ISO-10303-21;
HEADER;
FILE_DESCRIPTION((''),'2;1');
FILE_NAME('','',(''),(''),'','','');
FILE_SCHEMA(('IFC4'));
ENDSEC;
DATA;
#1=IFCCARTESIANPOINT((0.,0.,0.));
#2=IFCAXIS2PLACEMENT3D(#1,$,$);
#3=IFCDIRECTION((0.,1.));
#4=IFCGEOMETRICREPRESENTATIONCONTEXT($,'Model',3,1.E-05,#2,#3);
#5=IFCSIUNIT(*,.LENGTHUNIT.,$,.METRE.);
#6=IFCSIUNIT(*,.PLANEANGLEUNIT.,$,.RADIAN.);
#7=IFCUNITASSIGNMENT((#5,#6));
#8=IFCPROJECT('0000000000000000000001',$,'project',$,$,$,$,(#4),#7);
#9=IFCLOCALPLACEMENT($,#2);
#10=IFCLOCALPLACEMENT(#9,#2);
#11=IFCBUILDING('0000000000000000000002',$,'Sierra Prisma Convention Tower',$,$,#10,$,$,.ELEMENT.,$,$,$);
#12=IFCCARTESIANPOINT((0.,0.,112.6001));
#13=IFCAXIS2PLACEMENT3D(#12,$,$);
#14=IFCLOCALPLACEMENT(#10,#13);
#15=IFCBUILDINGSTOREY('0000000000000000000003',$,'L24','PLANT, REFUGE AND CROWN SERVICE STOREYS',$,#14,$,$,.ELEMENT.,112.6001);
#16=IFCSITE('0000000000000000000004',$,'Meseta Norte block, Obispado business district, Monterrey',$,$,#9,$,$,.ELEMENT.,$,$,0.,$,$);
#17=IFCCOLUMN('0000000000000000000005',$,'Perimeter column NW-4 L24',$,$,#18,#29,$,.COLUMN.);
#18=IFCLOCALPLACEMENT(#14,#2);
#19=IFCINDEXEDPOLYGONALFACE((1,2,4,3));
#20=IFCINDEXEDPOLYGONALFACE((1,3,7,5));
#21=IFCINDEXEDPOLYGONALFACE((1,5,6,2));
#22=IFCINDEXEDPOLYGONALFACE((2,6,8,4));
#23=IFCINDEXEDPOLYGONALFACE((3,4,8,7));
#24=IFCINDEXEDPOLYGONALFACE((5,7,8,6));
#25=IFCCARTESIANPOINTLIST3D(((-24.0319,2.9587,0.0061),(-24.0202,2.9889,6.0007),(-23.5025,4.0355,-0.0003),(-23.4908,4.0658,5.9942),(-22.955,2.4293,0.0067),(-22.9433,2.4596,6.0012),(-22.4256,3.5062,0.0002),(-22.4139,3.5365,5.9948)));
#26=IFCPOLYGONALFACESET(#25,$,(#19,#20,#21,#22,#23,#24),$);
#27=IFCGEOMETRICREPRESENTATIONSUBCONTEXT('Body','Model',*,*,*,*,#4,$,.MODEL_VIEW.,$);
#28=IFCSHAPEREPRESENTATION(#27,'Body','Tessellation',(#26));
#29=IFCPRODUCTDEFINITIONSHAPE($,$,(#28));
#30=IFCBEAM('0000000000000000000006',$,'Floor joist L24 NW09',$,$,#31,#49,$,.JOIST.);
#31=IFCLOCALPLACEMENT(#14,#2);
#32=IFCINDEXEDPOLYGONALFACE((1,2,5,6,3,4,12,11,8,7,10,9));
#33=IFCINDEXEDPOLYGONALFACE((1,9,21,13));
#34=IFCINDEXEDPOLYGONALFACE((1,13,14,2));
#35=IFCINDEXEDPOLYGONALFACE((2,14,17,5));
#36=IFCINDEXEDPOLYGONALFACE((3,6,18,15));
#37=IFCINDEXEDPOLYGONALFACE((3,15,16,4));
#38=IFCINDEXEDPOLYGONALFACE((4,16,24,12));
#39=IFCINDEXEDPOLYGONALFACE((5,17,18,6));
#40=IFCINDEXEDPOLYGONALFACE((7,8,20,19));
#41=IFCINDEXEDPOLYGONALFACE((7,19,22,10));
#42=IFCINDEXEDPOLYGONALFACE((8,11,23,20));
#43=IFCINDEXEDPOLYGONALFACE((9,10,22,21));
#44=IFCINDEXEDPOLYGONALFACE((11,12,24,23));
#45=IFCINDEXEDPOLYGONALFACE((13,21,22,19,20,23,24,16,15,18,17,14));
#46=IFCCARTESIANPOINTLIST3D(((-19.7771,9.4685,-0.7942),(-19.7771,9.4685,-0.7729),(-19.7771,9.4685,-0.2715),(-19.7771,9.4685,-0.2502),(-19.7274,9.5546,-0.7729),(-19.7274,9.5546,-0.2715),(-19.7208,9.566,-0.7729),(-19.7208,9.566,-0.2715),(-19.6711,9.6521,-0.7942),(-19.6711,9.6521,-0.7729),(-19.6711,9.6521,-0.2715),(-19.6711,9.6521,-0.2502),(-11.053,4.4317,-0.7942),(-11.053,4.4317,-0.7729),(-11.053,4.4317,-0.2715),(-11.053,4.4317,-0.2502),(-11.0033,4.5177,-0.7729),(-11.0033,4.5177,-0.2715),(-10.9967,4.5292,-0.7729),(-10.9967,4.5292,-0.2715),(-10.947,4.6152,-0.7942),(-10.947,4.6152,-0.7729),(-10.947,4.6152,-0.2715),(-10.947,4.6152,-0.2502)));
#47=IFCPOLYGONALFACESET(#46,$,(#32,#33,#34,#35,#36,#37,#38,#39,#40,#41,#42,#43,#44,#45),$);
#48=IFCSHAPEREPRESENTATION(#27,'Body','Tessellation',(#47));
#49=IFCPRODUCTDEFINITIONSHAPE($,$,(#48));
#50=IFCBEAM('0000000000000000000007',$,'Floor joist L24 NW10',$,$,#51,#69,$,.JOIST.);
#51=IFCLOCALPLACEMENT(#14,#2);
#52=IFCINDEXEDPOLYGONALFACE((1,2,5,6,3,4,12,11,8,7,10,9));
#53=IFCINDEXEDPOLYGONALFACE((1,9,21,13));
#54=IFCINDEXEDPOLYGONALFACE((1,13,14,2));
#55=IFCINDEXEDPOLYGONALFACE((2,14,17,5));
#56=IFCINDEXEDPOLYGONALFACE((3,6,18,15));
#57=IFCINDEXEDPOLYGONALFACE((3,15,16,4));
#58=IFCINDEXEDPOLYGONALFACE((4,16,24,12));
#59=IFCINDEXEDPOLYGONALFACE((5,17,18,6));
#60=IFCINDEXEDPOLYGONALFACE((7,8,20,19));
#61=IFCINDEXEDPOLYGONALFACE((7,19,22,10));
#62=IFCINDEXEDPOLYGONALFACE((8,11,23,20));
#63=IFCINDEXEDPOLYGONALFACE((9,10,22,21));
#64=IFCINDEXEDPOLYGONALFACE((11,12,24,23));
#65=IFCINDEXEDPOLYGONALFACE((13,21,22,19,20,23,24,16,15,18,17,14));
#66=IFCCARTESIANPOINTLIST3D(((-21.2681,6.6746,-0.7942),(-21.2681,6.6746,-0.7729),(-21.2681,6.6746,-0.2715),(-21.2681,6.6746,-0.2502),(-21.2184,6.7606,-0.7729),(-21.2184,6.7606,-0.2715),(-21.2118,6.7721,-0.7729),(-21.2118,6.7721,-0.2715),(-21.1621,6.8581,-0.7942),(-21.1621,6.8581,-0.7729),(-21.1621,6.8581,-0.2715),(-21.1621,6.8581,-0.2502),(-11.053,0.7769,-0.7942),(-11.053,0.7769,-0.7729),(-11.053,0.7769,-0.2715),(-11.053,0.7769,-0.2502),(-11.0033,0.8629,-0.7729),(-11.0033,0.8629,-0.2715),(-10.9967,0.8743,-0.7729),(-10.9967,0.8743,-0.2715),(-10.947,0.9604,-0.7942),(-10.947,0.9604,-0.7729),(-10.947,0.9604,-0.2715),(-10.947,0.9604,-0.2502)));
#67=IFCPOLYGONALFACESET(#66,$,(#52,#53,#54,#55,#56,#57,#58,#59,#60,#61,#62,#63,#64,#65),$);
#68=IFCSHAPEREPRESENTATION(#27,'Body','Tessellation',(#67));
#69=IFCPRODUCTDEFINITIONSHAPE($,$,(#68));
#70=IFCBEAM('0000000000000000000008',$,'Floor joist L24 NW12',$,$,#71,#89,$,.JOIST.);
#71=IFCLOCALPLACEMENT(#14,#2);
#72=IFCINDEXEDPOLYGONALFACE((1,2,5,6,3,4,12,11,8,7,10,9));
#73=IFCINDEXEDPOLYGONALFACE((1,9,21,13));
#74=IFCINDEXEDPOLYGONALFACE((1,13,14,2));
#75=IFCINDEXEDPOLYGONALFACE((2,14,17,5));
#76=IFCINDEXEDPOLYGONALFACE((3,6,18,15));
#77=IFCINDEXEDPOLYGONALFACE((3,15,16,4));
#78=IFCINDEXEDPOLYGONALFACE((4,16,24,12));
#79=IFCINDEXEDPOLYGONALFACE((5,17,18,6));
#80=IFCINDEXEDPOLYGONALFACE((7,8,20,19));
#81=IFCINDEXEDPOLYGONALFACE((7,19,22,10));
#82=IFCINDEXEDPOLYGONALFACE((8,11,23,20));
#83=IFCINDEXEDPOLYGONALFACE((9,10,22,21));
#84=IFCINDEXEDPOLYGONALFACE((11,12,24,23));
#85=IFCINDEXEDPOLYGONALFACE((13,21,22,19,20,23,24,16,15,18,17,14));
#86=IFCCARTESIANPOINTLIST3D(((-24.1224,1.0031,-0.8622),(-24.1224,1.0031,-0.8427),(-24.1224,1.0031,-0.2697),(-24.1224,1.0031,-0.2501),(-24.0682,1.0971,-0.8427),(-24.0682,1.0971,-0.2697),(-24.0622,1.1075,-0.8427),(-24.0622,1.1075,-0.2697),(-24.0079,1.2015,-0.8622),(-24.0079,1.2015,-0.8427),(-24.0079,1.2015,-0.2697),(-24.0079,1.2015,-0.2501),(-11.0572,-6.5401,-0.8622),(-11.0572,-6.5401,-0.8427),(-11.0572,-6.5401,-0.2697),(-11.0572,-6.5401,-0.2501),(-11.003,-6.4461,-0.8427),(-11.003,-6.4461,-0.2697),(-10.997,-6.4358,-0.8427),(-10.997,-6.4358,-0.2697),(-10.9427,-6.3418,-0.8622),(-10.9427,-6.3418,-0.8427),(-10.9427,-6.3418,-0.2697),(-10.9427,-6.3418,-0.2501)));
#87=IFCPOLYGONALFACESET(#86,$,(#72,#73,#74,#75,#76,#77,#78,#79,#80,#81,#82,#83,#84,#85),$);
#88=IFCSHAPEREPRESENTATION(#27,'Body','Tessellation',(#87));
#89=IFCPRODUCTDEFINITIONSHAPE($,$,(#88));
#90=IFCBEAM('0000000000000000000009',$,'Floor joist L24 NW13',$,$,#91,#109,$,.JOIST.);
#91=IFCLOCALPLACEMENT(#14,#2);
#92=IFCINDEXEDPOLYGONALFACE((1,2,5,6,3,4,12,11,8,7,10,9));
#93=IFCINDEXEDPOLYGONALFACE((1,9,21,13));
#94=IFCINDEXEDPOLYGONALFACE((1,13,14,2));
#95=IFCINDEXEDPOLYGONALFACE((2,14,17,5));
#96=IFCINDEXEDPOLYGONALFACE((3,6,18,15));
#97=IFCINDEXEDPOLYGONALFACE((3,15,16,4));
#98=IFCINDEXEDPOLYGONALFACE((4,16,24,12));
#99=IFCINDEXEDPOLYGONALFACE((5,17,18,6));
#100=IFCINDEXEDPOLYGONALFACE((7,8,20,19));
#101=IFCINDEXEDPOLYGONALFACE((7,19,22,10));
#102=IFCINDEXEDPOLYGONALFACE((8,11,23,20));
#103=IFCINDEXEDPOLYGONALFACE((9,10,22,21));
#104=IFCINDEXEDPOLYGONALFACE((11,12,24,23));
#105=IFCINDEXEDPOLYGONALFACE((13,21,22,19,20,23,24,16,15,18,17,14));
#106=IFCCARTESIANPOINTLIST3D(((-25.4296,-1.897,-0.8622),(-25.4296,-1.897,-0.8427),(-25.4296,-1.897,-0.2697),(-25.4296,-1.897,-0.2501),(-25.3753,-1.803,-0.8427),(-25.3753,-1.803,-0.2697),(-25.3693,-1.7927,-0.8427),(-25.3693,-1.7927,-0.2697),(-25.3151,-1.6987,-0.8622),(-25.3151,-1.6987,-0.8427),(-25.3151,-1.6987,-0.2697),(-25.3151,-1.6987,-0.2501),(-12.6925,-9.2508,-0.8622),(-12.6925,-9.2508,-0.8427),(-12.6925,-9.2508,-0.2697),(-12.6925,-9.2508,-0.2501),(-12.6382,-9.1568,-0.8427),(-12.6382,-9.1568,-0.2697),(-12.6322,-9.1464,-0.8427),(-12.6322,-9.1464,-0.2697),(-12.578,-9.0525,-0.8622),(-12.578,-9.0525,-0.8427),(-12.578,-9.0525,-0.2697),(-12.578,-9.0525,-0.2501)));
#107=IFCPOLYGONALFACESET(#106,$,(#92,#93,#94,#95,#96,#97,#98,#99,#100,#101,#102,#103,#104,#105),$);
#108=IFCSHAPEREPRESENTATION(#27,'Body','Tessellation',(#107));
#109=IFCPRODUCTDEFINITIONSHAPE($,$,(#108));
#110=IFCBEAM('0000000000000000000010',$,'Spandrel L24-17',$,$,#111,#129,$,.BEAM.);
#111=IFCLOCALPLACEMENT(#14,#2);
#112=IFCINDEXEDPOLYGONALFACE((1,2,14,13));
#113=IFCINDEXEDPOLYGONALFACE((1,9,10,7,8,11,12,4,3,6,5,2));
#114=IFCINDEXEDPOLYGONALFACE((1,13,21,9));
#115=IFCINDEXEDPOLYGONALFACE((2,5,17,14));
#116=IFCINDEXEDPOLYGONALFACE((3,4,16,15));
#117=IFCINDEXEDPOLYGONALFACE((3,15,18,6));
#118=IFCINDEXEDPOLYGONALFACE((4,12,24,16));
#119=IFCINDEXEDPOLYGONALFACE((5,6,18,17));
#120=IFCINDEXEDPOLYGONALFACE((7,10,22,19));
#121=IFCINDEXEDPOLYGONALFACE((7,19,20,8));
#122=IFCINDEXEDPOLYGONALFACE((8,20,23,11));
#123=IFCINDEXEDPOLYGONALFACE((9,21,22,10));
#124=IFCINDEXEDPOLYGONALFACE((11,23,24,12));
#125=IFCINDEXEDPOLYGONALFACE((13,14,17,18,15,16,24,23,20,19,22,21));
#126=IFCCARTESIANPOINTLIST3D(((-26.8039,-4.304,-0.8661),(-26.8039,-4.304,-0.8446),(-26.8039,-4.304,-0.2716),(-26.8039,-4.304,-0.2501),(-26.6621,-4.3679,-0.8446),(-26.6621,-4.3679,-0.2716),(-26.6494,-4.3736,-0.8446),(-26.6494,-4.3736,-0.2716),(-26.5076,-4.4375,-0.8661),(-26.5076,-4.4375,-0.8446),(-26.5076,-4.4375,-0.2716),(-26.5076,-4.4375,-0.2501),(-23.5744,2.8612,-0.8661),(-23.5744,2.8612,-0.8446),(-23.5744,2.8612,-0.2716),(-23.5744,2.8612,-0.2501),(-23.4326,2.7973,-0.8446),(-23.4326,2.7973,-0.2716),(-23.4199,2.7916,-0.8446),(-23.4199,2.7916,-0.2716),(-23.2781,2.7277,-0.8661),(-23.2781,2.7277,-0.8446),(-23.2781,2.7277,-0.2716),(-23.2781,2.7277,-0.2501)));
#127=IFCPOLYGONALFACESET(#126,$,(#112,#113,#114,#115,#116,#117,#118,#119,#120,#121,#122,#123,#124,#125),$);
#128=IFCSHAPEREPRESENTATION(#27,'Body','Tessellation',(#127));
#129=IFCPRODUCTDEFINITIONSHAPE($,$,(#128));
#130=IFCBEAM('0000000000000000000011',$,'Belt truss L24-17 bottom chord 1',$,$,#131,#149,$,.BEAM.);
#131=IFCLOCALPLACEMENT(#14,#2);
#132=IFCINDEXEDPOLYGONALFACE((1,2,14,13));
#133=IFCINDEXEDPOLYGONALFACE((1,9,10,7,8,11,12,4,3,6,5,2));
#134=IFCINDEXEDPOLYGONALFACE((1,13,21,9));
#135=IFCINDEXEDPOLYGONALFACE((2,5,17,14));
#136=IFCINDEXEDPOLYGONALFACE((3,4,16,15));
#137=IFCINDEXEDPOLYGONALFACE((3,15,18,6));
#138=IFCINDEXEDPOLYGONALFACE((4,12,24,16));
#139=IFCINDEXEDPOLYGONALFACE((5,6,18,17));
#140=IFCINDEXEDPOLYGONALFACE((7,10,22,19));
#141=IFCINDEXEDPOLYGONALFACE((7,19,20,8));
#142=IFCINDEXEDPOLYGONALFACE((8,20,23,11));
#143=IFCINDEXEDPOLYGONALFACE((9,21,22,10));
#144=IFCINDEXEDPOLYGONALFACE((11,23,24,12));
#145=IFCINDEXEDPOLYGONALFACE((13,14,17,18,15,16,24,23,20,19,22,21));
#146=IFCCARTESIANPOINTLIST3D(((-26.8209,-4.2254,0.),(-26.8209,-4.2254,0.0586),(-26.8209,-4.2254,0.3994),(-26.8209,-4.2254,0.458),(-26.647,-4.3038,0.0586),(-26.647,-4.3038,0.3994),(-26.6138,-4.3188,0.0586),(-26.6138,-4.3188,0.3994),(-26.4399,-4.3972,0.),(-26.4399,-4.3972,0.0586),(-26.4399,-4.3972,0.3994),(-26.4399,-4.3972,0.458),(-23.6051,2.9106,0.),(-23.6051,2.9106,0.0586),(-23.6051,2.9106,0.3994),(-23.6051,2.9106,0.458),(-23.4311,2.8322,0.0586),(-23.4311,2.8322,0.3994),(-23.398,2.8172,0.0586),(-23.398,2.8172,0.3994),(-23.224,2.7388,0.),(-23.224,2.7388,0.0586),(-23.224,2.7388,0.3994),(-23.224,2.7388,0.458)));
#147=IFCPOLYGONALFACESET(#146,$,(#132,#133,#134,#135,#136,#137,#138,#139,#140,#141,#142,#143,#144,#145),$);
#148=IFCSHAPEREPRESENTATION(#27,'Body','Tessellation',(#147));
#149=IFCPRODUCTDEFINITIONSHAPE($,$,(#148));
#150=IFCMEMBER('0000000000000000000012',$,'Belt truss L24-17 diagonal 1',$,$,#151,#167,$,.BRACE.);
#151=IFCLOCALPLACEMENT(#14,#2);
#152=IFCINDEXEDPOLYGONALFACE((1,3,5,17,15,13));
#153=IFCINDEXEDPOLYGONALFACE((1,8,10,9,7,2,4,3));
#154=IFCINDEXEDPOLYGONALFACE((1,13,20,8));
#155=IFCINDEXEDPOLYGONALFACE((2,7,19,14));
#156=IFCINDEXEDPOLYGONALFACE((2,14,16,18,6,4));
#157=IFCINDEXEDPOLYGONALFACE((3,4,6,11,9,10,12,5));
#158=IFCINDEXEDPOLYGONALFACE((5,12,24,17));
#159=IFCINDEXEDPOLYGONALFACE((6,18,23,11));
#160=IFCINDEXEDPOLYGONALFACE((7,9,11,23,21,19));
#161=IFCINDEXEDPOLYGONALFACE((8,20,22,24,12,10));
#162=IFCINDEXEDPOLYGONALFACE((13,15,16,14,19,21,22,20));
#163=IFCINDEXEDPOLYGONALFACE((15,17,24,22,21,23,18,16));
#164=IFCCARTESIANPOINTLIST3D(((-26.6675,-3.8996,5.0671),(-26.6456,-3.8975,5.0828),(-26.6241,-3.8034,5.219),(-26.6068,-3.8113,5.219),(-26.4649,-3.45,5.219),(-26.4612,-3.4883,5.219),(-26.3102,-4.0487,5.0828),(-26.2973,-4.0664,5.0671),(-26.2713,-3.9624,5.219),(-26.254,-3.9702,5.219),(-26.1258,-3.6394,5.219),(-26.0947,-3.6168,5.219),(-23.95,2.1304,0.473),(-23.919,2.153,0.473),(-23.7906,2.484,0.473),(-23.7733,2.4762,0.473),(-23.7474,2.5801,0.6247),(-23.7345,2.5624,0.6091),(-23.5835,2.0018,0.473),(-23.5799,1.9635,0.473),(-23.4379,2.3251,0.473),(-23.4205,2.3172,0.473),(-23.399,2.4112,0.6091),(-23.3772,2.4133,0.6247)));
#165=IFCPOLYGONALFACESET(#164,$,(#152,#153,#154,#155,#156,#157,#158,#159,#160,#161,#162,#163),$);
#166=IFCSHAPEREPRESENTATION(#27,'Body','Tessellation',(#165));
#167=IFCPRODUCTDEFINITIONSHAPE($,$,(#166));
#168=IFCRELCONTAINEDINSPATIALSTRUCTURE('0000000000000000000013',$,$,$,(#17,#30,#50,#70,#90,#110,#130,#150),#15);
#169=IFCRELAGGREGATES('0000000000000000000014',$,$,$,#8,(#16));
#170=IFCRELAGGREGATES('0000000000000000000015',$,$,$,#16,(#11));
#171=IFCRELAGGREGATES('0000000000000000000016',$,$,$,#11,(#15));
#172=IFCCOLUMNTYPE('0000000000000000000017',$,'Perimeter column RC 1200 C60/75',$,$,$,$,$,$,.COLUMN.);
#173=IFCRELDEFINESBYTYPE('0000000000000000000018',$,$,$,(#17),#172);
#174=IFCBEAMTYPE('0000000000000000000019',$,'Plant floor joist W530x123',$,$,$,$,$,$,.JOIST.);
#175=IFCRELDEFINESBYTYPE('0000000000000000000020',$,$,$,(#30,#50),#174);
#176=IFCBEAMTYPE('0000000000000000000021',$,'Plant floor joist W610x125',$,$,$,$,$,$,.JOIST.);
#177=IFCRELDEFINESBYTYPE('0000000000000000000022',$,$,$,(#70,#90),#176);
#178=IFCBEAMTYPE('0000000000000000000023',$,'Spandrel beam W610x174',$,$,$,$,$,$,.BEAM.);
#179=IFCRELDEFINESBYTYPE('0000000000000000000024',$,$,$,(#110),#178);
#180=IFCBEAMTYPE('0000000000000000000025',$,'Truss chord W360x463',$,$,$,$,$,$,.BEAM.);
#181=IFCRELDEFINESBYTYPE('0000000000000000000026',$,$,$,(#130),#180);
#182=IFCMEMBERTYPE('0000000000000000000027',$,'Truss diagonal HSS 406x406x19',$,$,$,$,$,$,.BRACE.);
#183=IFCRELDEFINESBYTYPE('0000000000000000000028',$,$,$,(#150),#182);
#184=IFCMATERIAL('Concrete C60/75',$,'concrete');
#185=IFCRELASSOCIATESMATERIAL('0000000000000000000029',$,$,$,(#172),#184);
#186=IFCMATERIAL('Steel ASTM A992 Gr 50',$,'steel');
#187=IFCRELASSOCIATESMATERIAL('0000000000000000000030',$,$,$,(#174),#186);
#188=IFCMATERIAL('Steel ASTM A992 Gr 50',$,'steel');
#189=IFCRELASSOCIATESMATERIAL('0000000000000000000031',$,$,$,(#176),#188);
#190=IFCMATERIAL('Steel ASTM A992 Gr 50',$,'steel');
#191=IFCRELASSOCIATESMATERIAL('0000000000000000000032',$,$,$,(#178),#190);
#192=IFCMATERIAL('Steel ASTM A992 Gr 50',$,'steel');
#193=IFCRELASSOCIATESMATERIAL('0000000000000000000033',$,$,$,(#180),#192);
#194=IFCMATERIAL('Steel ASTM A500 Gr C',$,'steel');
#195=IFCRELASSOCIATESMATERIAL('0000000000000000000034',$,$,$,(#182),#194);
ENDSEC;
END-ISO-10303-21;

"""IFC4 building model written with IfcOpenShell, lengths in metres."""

from ifc_helpers import new_model, si_unit, direction, frame, origin, origin_2d, place, context, subcontext, project, spatial, rectangle, hollow_rectangle, i_section, extrude, clip, halfspace, material, material_profile, profile_set, type_object, element, save


model = new_model("IFC4")

# Units and contexts
model_context = context("Model", 3, precision=1e-05, world=origin(), true_north=direction((0.0, 1.0)))
body_context = subcontext(model_context, "Body", "Model", "MODEL_VIEW")
ifc_project = project(units=[si_unit("LENGTHUNIT", "METRE"), si_unit("PLANEANGLEUNIT", "RADIAN")], contexts=[model_context])

# Site, building, storey
site_placement = place(None, origin())
site = spatial("IfcSite", under=ifc_project, at=site_placement, Name="Meseta Norte block, Obispado business district, Monterrey", CompositionType="ELEMENT", RefElevation=0.0)
building_placement = place(site_placement, origin())
building = spatial("IfcBuilding", under=site, at=building_placement, Name="Sierra Prisma Convention Tower", CompositionType="ELEMENT")
storey_placement = place(building_placement, frame((0.0, 0.0, 112.6001)))
storey = spatial("IfcBuildingStorey", under=building, at=storey_placement, Name="L24", Description="PLANT, REFUGE AND CROWN SERVICE STOREYS", CompositionType="ELEMENT", Elevation=112.6001)

# Column
ifc_material_1 = material(Name="Concrete C60/75", Category="concrete")
ifc_material_profile_1 = material_profile(ifc_material_1, rectangle(XDim=1.2, YDim=1.2, at=origin_2d()), Name="Perimeter column RC 1200 C60/75")
ifc_profile_set_1 = profile_set([ifc_material_profile_1], Name="Concrete C60/75")
column_type = type_object("IfcColumnType", Name="Perimeter column RC 1200 C60/75", PredefinedType="COLUMN", material=ifc_profile_set_1)
column_placement = place(storey_placement, frame((-23.2288, 3.2324, 0.0), z_axis=(0.001953, 0.005045, 0.999985), x_axis=(0.441123, 0.897431, -0.00539)))
element("IfcColumn", 1, at=column_placement, inside=storey, type_object=column_type, Name="Perimeter column NW-4 L24", PredefinedType="COLUMN", context=body_context, shape_type="SweptSolid", body=[
    clip(clip(extrude(rectangle(XDim=1.2, YDim=1.2, at=origin_2d()), origin(), (0.0, 0.0, 1.0), 6.0), halfspace(frame((0.0, 0.0, 0.0032)), True)), halfspace(frame((0.0, 0.0, 5.9978)), False)),
])

# Beams
ifc_material_2 = material(Name="Steel ASTM A992 Gr 50", Category="steel")
ifc_material_profile_2 = material_profile(ifc_material_2, i_section(OverallWidth=0.2119, OverallDepth=0.5439, WebThickness=0.0132, FlangeThickness=0.0212, at=origin_2d()), Name="W530x123")
ifc_profile_set_2 = profile_set([ifc_material_profile_2], Name="Steel ASTM A992 Gr 50")
beam_type_1 = type_object("IfcBeamType", Name="Plant floor joist W530x123", PredefinedType="JOIST", material=ifc_profile_set_2)
beam_1_placement = place(storey_placement, frame((-19.7241, 9.5603, -0.5222), z_axis=(0.866026, -0.499999, 0.0), x_axis=(0.499999, 0.866026, 0.0)))
element("IfcBeam", 2, at=beam_1_placement, inside=storey, type_object=beam_type_1, Name="Floor joist L24 NW09", PredefinedType="JOIST", context=body_context, shape_type="SweptSolid", body=[
    extrude(i_section(OverallWidth=0.2119, OverallDepth=0.5439, WebThickness=0.0132, FlangeThickness=0.0212, at=origin_2d()), origin(), (0.0, 0.0, 1.0), 10.0737),
])
beam_2_placement = place(storey_placement, frame((-21.2151, 6.7664, -0.5222), z_axis=(0.866025, -0.500001, 0.0), x_axis=(0.500001, 0.866025, 0.0)))
element("IfcBeam", 3, at=beam_2_placement, inside=storey, type_object=beam_type_1, Name="Floor joist L24 NW10", PredefinedType="JOIST", context=body_context, shape_type="SweptSolid", body=[
    extrude(i_section(OverallWidth=0.2119, OverallDepth=0.5439, WebThickness=0.0132, FlangeThickness=0.0212, at=origin_2d()), origin(), (0.0, 0.0, 1.0), 11.7954),
])
ifc_material_3 = material(Name="Steel ASTM A992 Gr 50", Category="steel")
ifc_material_profile_3 = material_profile(ifc_material_3, i_section(OverallWidth=0.229, OverallDepth=0.6121, WebThickness=0.012, FlangeThickness=0.0195, at=origin_2d()), Name="W610x125")
ifc_profile_set_3 = profile_set([ifc_material_profile_3], Name="Steel ASTM A992 Gr 50")
beam_type_2 = type_object("IfcBeamType", Name="Plant floor joist W610x125", PredefinedType="JOIST", material=ifc_profile_set_3)
beam_3_placement = place(storey_placement, frame((-24.0652, 1.1023, -0.5562), z_axis=(0.866025, -0.500001, 0.0), x_axis=(0.500001, 0.866025, 0.0)))
element("IfcBeam", 4, at=beam_3_placement, inside=storey, type_object=beam_type_2, Name="Floor joist L24 NW12", PredefinedType="JOIST", context=body_context, shape_type="SweptSolid", body=[
    extrude(i_section(OverallWidth=0.229, OverallDepth=0.6121, WebThickness=0.012, FlangeThickness=0.0195, at=origin_2d()), origin(), (0.0, 0.0, 1.0), 15.0864),
])
beam_4_placement = place(storey_placement, frame((-25.3723, -1.7979, -0.5562), z_axis=(0.866025, -0.500001, 0.0), x_axis=(0.500001, 0.866025, 0.0)))
element("IfcBeam", 5, at=beam_4_placement, inside=storey, type_object=beam_type_2, Name="Floor joist L24 NW13", PredefinedType="JOIST", context=body_context, shape_type="SweptSolid", body=[
    extrude(i_section(OverallWidth=0.229, OverallDepth=0.6121, WebThickness=0.012, FlangeThickness=0.0195, at=origin_2d()), origin(), (0.0, 0.0, 1.0), 14.7075),
])
ifc_material_4 = material(Name="Steel ASTM A992 Gr 50", Category="steel")
ifc_material_profile_4 = material_profile(ifc_material_4, i_section(OverallWidth=0.325, OverallDepth=0.616, WebThickness=0.0139, FlangeThickness=0.0215, at=origin_2d()), Name="W610x174")
ifc_profile_set_4 = profile_set([ifc_material_profile_4], Name="Steel ASTM A992 Gr 50")
beam_type_3 = type_object("IfcBeamType", Name="Spandrel beam W610x174", PredefinedType="BEAM", material=ifc_profile_set_4)
beam_5_placement = place(storey_placement, frame((-23.4263, 2.7944, -0.5581), z_axis=(-0.410906, -0.911678, 0.0), x_axis=(0.911678, -0.410906, 0.0)))
element("IfcBeam", 6, at=beam_5_placement, inside=storey, type_object=beam_type_3, Name="Spandrel L24-17", PredefinedType="BEAM", context=body_context, shape_type="SweptSolid", body=[
    extrude(i_section(OverallWidth=0.325, OverallDepth=0.616, WebThickness=0.0139, FlangeThickness=0.0215, at=origin_2d()), origin(), (0.0, 0.0, 1.0), 7.8594),
])
ifc_material_5 = material(Name="Steel ASTM A992 Gr 50", Category="steel")
ifc_material_profile_5 = material_profile(ifc_material_5, i_section(OverallWidth=0.418, OverallDepth=0.458, WebThickness=0.0364, FlangeThickness=0.0586, at=origin_2d()), Name="W360x463")
ifc_profile_set_5 = profile_set([ifc_material_profile_5], Name="Steel ASTM A992 Gr 50")
beam_type_4 = type_object("IfcBeamType", Name="Truss chord W360x463", PredefinedType="BEAM", material=ifc_profile_set_5)
beam_6_placement = place(storey_placement, frame((-23.4146, 2.8247, 0.229), z_axis=(-0.410856, -0.9117, 0.0), x_axis=(0.9117, -0.410856, 0.0)))
element("IfcBeam", 7, at=beam_6_placement, inside=storey, type_object=beam_type_4, Name="Belt truss L24-17 bottom chord 1", PredefinedType="BEAM", context=body_context, shape_type="SweptSolid", body=[
    extrude(i_section(OverallWidth=0.418, OverallDepth=0.458, WebThickness=0.0364, FlangeThickness=0.0586, at=origin_2d()), origin(), (0.0, 0.0, 1.0), 7.8271),
])

# Member
ifc_material_6 = material(Name="Steel ASTM A500 Gr C", Category="steel")
ifc_material_profile_6 = material_profile(ifc_material_6, hollow_rectangle(XDim=0.406, YDim=0.406, WallThickness=0.019, at=origin_2d()), Name="Truss diagonal HSS 406x406x19")
ifc_profile_set_6 = profile_set([ifc_material_profile_6], Name="Steel ASTM A500 Gr C")
member_type = type_object("IfcMemberType", Name="Truss diagonal HSS 406x406x19", PredefinedType="BRACE", material=ifc_profile_set_6)
member_1_placement = place(storey_placement, frame((-23.6099, 2.3911, 0.458), z_axis=(-0.337443, -0.748786, 0.570484), x_axis=(0.911698, -0.410861, 0.0)))
element("IfcMember", 8, at=member_1_placement, inside=storey, type_object=member_type, Name="Belt truss L24-17 diagonal 1", PredefinedType="BRACE", context=body_context, shape_type="SweptSolid", body=[
    clip(clip(extrude(hollow_rectangle(XDim=0.406, YDim=0.406, WallThickness=0.019, at=origin_2d()), origin(), (0.0, 0.0, 1.0), 8.3716), halfspace(frame((0.0, 0.0122, 0.0088), z_axis=(0.0, 0.821309, 0.570484), x_axis=(1.0, 0.0, 0.0)), True)), halfspace(frame((0.0, -0.0122, 8.363), z_axis=(0.0, -0.821309, -0.570484), x_axis=(1.0, 0.0, 0.0)), True)),
])

save(model, "model.ifc")
